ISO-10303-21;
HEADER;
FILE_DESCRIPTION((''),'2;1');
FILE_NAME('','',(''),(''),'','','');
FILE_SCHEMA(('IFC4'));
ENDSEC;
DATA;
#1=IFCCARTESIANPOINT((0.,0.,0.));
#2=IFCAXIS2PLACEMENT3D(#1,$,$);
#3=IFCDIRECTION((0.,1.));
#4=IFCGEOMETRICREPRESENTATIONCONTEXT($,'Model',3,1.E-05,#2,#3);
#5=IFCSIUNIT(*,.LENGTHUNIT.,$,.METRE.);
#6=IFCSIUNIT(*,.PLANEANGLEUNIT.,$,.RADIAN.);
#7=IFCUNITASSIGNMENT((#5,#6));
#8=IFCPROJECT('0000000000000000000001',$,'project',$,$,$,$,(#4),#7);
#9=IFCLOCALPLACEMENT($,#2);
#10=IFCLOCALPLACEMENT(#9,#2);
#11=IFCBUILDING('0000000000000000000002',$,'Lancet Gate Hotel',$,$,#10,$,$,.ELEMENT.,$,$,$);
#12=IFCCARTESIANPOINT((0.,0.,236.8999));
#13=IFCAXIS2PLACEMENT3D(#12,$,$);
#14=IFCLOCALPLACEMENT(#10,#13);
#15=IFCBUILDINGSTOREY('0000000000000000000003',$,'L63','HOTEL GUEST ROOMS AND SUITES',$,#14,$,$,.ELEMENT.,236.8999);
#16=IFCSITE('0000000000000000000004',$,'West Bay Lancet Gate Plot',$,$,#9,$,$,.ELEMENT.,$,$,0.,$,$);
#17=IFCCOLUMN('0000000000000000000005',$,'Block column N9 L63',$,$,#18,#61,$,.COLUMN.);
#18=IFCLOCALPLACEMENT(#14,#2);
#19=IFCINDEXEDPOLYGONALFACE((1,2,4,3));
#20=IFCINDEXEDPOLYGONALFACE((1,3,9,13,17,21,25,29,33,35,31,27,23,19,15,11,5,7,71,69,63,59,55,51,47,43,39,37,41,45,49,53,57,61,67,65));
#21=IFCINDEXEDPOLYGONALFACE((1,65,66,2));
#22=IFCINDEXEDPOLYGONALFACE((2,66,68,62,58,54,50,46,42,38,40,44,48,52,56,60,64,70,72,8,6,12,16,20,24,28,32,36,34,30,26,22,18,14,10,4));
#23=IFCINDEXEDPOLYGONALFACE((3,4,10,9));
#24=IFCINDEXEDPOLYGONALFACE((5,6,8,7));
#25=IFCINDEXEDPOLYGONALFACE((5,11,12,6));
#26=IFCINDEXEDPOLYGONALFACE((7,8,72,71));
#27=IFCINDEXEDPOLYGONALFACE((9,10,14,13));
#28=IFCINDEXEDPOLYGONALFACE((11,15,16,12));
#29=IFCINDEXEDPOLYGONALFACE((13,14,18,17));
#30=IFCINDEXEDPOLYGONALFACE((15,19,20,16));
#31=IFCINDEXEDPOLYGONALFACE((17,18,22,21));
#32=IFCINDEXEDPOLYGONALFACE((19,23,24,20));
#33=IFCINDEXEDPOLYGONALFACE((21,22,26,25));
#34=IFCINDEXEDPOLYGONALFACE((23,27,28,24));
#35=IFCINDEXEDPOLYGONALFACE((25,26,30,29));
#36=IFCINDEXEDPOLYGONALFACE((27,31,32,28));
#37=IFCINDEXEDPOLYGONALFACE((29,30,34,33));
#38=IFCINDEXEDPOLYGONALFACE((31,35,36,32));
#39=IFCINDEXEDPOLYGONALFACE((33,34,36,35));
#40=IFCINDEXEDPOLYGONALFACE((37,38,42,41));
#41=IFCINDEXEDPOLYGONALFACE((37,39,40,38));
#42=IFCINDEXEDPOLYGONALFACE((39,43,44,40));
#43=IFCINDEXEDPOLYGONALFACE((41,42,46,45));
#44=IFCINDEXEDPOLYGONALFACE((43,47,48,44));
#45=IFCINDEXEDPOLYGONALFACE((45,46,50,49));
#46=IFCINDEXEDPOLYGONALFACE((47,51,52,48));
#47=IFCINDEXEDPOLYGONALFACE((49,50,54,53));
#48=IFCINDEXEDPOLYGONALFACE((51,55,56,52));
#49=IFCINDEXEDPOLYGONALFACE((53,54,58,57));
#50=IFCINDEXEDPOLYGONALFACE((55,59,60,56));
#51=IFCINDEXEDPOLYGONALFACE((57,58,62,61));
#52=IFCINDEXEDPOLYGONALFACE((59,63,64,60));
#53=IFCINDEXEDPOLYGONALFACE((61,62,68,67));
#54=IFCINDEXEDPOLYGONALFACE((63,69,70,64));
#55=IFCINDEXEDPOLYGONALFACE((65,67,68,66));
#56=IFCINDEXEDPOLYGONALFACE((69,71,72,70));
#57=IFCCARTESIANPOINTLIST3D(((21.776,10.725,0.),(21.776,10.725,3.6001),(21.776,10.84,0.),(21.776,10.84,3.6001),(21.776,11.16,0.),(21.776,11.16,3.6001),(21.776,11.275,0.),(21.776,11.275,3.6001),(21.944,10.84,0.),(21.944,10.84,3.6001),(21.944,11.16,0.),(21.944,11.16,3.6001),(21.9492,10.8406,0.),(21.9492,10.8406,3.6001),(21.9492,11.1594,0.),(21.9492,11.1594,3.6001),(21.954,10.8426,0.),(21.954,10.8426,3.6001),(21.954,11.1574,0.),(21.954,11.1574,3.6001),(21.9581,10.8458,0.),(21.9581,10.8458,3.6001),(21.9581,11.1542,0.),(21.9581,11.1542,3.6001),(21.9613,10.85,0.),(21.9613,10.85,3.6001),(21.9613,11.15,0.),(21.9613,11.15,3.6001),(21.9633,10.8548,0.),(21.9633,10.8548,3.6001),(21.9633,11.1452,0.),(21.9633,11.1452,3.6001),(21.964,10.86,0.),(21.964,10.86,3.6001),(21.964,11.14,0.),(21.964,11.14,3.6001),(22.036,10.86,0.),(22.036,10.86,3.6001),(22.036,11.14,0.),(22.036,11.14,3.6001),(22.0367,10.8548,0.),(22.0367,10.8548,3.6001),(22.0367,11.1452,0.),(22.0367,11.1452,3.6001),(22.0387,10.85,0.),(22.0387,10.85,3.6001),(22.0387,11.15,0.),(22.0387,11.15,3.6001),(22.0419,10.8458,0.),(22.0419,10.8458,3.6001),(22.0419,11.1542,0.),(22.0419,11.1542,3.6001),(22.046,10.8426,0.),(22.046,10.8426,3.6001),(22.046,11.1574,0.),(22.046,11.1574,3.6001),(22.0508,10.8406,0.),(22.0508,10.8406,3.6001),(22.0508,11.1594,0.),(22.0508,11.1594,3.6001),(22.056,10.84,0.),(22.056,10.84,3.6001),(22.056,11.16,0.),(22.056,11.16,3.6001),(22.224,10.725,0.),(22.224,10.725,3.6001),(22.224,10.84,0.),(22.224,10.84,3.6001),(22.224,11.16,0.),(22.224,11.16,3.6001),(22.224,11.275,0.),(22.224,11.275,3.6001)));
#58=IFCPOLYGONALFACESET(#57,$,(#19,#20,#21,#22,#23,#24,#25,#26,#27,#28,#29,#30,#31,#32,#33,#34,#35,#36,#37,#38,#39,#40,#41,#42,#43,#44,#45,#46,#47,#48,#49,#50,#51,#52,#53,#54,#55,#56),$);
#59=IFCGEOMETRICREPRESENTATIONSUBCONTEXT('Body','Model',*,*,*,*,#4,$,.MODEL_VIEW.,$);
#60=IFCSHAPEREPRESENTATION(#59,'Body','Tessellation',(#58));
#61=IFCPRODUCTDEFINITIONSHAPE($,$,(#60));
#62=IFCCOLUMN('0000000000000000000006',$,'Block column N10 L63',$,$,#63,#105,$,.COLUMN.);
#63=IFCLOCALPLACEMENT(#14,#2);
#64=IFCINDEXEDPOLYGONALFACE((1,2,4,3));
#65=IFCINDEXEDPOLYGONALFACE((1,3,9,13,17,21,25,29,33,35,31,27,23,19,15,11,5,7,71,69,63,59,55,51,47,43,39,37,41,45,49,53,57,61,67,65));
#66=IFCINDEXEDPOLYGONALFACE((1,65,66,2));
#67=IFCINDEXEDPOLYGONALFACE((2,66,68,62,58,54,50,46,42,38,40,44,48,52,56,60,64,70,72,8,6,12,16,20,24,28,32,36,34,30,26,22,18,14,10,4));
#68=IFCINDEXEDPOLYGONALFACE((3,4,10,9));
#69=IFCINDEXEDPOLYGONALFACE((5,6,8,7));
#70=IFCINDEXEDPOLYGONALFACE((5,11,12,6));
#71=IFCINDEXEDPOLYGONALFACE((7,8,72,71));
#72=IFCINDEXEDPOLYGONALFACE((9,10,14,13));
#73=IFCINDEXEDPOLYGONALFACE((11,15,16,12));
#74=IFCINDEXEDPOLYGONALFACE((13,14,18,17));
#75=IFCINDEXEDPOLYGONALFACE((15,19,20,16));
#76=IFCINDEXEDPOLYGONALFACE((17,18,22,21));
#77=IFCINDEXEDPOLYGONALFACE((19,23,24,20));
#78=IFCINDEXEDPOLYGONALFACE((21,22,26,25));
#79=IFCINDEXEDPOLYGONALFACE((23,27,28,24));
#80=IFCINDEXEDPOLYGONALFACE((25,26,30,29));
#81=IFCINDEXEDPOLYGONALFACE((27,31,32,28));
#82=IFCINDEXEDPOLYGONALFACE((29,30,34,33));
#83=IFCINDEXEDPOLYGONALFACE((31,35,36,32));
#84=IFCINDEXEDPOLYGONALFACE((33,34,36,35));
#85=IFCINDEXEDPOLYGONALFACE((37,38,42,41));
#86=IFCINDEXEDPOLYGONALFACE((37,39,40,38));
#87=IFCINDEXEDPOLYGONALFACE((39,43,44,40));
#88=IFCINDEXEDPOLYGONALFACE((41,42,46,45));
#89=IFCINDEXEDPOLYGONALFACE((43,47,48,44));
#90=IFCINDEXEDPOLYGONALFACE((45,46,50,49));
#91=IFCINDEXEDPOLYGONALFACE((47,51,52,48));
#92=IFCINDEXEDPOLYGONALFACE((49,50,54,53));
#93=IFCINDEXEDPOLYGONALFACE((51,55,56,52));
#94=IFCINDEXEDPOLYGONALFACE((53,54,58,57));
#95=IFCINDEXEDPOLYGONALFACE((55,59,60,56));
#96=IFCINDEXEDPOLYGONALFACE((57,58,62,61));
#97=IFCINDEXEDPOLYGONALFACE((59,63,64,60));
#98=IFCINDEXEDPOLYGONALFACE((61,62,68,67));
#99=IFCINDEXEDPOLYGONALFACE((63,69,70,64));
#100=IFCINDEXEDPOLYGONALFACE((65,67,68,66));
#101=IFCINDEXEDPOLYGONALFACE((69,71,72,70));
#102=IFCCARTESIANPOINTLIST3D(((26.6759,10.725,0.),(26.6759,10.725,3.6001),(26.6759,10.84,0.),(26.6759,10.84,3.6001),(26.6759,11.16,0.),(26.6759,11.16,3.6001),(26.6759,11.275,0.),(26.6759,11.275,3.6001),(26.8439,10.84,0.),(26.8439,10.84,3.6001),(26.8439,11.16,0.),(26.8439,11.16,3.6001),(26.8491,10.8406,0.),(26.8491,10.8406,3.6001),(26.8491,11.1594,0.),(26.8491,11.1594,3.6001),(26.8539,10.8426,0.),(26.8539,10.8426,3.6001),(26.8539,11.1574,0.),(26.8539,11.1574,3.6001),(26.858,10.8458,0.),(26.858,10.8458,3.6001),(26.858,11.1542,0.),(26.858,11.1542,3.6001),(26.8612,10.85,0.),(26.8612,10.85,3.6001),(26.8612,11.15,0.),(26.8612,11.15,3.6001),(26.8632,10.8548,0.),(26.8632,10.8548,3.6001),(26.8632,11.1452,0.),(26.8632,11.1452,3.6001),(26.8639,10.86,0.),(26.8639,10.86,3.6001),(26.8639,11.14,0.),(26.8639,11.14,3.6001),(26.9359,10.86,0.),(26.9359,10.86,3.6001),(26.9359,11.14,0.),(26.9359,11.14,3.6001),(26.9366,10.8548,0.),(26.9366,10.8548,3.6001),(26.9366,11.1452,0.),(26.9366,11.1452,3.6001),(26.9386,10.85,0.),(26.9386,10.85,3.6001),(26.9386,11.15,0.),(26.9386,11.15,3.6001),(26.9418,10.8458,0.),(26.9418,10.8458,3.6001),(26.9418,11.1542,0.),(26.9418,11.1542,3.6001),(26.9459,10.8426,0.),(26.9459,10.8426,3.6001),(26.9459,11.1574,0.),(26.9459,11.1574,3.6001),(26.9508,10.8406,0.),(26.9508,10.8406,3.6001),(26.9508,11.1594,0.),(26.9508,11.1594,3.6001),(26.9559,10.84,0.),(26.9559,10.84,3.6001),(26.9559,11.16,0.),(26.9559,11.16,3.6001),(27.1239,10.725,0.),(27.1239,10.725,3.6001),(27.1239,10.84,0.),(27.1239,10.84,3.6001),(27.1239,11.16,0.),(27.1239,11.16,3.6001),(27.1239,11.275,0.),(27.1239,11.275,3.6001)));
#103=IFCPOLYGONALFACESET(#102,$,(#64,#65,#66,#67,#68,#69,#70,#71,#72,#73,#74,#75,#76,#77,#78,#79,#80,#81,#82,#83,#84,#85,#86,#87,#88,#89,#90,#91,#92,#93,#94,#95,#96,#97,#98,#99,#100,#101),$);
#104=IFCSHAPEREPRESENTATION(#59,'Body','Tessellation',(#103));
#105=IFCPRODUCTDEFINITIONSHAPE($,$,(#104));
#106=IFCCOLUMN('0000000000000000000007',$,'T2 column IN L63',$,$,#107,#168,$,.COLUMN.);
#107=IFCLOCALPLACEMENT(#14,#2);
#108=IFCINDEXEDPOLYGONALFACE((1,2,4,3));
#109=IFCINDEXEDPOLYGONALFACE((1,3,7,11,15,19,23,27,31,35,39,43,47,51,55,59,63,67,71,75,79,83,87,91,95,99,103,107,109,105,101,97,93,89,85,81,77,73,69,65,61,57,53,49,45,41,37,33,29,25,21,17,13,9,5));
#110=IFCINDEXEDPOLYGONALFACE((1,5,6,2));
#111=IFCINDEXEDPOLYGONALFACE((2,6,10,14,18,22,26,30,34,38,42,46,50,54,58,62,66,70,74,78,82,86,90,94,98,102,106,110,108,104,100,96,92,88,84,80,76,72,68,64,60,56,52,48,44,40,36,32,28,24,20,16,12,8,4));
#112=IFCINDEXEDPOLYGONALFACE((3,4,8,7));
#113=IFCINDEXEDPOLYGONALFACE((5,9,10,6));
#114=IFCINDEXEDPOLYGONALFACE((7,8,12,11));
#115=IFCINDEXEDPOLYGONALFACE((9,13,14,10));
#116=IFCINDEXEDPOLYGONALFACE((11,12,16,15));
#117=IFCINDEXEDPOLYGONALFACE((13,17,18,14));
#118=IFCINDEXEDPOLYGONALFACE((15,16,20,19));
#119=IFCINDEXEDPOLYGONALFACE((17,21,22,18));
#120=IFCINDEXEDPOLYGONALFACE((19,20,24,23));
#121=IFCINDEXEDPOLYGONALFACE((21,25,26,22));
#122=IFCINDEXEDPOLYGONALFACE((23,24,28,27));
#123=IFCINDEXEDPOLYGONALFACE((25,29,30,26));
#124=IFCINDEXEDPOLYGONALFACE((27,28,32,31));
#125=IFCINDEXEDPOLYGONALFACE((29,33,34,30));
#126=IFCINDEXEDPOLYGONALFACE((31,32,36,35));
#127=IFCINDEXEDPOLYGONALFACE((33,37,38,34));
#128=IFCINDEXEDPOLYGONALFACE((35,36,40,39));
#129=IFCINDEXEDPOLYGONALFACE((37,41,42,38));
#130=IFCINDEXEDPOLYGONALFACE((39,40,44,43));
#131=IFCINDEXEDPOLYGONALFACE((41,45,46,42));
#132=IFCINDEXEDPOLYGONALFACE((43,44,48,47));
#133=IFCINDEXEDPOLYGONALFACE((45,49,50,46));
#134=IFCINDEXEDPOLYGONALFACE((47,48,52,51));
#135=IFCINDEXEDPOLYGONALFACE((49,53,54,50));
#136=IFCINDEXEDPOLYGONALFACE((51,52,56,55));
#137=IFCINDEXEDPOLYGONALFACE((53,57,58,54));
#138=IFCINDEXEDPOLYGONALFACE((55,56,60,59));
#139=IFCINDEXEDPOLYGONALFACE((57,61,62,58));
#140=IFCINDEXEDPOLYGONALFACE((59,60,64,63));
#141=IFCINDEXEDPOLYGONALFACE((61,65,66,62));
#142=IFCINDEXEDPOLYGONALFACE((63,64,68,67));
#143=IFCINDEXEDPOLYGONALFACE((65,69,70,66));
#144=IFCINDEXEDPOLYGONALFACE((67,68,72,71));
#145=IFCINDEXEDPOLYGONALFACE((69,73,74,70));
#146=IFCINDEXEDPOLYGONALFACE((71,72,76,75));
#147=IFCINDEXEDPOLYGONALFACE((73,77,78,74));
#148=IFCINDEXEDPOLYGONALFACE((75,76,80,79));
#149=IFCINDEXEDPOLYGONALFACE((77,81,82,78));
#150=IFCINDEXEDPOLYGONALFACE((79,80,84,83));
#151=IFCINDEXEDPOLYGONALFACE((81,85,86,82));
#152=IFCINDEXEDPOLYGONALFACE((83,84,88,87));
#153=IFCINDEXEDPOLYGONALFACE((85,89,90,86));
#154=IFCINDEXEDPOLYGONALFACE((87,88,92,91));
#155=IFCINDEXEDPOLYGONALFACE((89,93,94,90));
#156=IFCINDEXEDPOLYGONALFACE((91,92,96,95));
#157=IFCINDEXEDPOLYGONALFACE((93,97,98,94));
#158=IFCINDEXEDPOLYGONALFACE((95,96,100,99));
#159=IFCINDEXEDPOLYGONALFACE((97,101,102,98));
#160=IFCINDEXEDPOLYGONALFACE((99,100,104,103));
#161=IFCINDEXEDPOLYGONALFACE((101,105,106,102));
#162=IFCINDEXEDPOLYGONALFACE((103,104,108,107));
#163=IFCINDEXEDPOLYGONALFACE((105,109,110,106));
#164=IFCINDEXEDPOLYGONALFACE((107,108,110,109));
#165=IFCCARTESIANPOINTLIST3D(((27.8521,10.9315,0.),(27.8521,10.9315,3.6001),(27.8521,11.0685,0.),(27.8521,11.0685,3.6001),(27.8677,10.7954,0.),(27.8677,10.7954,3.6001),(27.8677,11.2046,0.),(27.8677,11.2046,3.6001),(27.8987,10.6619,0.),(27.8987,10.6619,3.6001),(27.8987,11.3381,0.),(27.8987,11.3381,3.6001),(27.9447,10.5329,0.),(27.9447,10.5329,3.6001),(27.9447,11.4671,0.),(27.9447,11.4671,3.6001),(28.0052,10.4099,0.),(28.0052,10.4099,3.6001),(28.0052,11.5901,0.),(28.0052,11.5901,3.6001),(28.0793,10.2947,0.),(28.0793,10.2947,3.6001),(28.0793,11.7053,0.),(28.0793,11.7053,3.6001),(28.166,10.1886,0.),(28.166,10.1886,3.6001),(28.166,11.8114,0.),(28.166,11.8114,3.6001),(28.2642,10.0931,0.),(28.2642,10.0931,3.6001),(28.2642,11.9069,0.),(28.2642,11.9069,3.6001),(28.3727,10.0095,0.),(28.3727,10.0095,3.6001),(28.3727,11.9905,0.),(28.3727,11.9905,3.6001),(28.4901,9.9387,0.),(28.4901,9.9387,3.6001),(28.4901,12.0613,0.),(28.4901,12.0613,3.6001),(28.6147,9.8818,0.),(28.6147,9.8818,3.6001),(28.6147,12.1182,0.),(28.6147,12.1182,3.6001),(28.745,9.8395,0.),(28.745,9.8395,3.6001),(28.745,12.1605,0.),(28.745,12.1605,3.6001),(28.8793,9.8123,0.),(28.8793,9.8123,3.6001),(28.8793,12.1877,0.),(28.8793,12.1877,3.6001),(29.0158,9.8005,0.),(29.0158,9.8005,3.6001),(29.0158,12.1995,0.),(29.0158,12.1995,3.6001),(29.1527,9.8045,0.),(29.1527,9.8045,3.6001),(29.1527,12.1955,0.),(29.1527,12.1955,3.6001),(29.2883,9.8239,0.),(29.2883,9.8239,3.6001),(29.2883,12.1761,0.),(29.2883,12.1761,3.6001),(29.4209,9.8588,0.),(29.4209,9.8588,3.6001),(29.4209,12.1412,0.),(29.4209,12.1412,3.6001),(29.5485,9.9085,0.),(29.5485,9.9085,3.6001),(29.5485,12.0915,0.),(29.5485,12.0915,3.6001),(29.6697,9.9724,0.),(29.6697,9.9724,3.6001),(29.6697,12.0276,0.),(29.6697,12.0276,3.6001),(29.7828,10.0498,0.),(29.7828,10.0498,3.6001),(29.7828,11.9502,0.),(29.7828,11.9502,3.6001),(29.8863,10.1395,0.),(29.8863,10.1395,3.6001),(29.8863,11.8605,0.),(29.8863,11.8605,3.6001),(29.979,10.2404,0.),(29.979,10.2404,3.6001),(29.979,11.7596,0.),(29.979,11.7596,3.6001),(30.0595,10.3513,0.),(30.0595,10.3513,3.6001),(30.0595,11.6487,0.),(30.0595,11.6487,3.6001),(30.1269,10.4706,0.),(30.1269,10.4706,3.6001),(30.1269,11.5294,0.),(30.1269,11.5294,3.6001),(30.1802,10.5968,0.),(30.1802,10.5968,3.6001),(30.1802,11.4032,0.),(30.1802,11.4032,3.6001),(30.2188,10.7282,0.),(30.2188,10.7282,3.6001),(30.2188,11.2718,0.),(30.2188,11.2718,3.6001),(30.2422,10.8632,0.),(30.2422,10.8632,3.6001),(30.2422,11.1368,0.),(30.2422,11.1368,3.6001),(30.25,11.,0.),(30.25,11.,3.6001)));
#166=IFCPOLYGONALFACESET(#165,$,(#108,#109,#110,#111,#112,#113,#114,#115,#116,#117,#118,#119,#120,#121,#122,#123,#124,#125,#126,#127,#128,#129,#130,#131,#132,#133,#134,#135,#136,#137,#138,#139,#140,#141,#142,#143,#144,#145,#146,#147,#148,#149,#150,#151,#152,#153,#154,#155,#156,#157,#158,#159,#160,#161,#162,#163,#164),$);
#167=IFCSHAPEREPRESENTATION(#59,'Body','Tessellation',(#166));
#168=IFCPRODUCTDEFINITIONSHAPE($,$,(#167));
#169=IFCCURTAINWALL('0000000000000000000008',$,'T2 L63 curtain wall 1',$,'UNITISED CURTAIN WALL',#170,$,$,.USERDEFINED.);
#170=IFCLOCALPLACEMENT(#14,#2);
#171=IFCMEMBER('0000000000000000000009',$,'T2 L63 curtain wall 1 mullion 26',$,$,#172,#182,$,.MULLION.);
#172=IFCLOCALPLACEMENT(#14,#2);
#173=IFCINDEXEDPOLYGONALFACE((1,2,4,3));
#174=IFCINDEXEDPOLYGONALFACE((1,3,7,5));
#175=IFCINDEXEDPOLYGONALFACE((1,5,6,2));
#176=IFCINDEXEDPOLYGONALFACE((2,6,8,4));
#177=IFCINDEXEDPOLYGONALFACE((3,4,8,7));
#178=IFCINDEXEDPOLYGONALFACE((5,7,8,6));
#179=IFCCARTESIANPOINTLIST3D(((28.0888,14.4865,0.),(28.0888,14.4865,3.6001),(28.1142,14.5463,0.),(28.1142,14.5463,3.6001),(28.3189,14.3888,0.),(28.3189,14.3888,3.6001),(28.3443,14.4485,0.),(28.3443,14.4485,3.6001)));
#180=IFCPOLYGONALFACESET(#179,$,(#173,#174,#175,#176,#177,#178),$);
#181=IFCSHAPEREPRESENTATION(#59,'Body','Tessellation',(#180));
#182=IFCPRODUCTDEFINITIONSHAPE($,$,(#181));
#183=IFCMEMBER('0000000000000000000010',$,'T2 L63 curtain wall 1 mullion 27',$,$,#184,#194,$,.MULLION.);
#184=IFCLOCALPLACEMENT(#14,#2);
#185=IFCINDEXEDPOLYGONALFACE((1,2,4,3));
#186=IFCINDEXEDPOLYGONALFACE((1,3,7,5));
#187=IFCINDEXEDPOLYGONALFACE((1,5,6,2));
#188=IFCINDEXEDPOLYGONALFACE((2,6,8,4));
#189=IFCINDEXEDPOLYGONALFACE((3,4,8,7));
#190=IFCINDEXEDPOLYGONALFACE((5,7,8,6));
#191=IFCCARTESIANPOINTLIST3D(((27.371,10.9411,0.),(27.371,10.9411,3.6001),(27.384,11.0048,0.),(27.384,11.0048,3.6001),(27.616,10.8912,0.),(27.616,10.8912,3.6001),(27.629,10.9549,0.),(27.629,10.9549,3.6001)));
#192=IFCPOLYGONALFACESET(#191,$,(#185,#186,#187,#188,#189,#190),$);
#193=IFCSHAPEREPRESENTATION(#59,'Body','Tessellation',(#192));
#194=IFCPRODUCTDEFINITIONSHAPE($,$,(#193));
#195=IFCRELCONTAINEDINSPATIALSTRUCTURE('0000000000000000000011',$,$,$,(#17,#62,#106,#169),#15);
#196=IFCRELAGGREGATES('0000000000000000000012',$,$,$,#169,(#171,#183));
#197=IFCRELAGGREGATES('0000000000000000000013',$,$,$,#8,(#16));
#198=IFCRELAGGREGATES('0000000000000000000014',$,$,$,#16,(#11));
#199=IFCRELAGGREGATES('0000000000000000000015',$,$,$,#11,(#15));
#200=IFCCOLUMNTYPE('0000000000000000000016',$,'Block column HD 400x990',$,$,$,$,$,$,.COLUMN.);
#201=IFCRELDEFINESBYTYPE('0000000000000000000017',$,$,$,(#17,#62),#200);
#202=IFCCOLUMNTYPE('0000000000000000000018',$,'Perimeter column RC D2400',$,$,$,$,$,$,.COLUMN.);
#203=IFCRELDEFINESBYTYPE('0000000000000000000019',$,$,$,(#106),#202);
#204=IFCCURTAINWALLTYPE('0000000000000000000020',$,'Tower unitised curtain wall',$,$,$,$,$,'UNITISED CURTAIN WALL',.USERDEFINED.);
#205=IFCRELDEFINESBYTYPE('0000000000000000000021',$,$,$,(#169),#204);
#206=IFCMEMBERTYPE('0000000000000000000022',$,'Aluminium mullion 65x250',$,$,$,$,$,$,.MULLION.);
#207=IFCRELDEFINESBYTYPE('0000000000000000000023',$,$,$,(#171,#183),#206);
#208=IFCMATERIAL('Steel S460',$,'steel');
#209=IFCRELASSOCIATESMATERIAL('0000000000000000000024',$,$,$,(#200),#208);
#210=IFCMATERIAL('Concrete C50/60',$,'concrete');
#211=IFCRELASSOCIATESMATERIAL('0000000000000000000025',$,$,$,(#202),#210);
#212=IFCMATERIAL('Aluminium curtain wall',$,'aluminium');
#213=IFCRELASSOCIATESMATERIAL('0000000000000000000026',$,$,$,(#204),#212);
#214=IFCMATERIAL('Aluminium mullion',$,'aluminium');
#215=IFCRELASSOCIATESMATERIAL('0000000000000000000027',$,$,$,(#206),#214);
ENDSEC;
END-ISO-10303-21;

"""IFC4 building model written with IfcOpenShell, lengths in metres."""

from ifc_helpers import new_model, si_unit, direction, frame, origin, origin_2d, place, context, subcontext, project, spatial, rectangle, circle, i_section, extrude, material, material_profile, profile_set, type_object, element, aggregate, save


model = new_model("IFC4")

# Units and contexts
model_context = context("Model", 3, precision=1e-05, world=origin(), true_north=direction((0.0, 1.0)))
body_context = subcontext(model_context, "Body", "Model", "MODEL_VIEW")
ifc_project = project(units=[si_unit("LENGTHUNIT", "METRE"), si_unit("PLANEANGLEUNIT", "RADIAN")], contexts=[model_context])

# Site, building, storey
site_placement = place(None, origin())
site = spatial("IfcSite", under=ifc_project, at=site_placement, Name="West Bay Lancet Gate Plot", CompositionType="ELEMENT", RefElevation=0.0)
building_placement = place(site_placement, origin())
building = spatial("IfcBuilding", under=site, at=building_placement, Name="Lancet Gate Hotel", CompositionType="ELEMENT")
storey_placement = place(building_placement, frame((0.0, 0.0, 236.8999)))
storey = spatial("IfcBuildingStorey", under=building, at=storey_placement, Name="L63", Description="HOTEL GUEST ROOMS AND SUITES", CompositionType="ELEMENT", Elevation=236.8999)

# Columns
ifc_material_1 = material(Name="Steel S460", Category="steel")
ifc_material_profile_1 = material_profile(ifc_material_1, i_section(OverallWidth=0.448, OverallDepth=0.55, WebThickness=0.072, FlangeThickness=0.115, FilletRadius=0.02, at=origin_2d()), Name="HD 400x990")
ifc_profile_set_1 = profile_set([ifc_material_profile_1], Name="Steel S460")
column_type_1 = type_object("IfcColumnType", Name="Block column HD 400x990", PredefinedType="COLUMN", material=ifc_profile_set_1)
for number, where, z_axis, x_axis, name in (
    (1, (22.0, 11.0, 0.0), (0.0, 0.0, 1.0), (1.0, 0.0, 0.0), "Block column N9 L63"),
    (2, (26.8999, 11.0, 0.0), (0.0, 0.0, 1.0), (1.0, 0.0, 0.0), "Block column N10 L63"),
):
    element("IfcColumn", number, at=place(storey_placement, frame(where, z_axis=z_axis, x_axis=x_axis)), inside=storey, type_object=column_type_1, Name=name, PredefinedType="COLUMN", context=body_context, shape_type="SweptSolid", body=[
        extrude(i_section(OverallWidth=0.448, OverallDepth=0.55, WebThickness=0.072, FlangeThickness=0.115, FilletRadius=0.02, at=origin_2d()), origin(), (0.0, 0.0, 1.0), 3.6001),
    ])
ifc_material_2 = material(Name="Concrete C50/60", Category="concrete")
ifc_material_profile_2 = material_profile(ifc_material_2, circle(Radius=1.2, at=origin_2d()), Name="RC D2400")
ifc_profile_set_2 = profile_set([ifc_material_profile_2], Name="Concrete C50/60")
column_type_2 = type_object("IfcColumnType", Name="Perimeter column RC D2400", PredefinedType="COLUMN", material=ifc_profile_set_2)
column_placement = place(storey_placement, frame((29.05, 11.0, 0.0), z_axis=(0.0, 0.0, 1.0), x_axis=(1.0, 0.0, 0.0)))
element("IfcColumn", 3, at=column_placement, inside=storey, type_object=column_type_2, Name="T2 column IN L63", PredefinedType="COLUMN", context=body_context, shape_type="SweptSolid", body=[
    extrude(circle(Radius=1.2, at=origin_2d()), origin(), (0.0, 0.0, 1.0), 3.6001),
])

# Curtain wall, members
ifc_material_3 = material(Name="Aluminium curtain wall", Category="aluminium")
curtain_wall_type_1 = type_object("IfcCurtainWallType", Name="Tower unitised curtain wall", ElementType="UNITISED CURTAIN WALL", PredefinedType="USERDEFINED", material=ifc_material_3)
curtain_wall_1_placement = place(storey_placement, origin())
curtain_wall_1 = element("IfcCurtainWall", 4, at=curtain_wall_1_placement, inside=storey, type_object=curtain_wall_type_1, Name="T2 L63 curtain wall 1", ObjectType="UNITISED CURTAIN WALL", PredefinedType="USERDEFINED")
ifc_material_4 = material(Name="Aluminium mullion", Category="aluminium")
ifc_material_profile_3 = material_profile(ifc_material_4, rectangle(XDim=0.0649, YDim=0.25, at=origin_2d()), Name="MULLION 65x250")
ifc_profile_set_3 = profile_set([ifc_material_profile_3], Name="Aluminium mullion")
member_type_1 = type_object("IfcMemberType", Name="Aluminium mullion 65x250", PredefinedType="MULLION", material=ifc_profile_set_3)
member_1_placement = place(storey_placement, frame((28.2166, 14.4675, 0.0), z_axis=(0.0, 0.0, 1.0), x_axis=(-0.391042, -0.920373, 0.0)))
member_1 = element("IfcMember", 5, at=member_1_placement, type_object=member_type_1, Name="T2 L63 curtain wall 1 mullion 26", PredefinedType="MULLION", context=body_context, shape_type="SweptSolid", body=[
    extrude(rectangle(XDim=0.0649, YDim=0.25, at=origin_2d()), origin(), (0.0, 0.0, 1.0), 3.6001),
])
member_2_placement = place(storey_placement, frame((27.5, 10.948, 0.0), z_axis=(0.0, 0.0, 1.0), x_axis=(-0.199533, -0.979891, 0.0)))
member_2 = element("IfcMember", 6, at=member_2_placement, type_object=member_type_1, Name="T2 L63 curtain wall 1 mullion 27", PredefinedType="MULLION", context=body_context, shape_type="SweptSolid", body=[
    extrude(rectangle(XDim=0.0649, YDim=0.25, at=origin_2d()), origin(), (0.0, 0.0, 1.0), 3.6001),
])

aggregate(curtain_wall_1, [member_1, member_2])

save(model, "model.ifc")
